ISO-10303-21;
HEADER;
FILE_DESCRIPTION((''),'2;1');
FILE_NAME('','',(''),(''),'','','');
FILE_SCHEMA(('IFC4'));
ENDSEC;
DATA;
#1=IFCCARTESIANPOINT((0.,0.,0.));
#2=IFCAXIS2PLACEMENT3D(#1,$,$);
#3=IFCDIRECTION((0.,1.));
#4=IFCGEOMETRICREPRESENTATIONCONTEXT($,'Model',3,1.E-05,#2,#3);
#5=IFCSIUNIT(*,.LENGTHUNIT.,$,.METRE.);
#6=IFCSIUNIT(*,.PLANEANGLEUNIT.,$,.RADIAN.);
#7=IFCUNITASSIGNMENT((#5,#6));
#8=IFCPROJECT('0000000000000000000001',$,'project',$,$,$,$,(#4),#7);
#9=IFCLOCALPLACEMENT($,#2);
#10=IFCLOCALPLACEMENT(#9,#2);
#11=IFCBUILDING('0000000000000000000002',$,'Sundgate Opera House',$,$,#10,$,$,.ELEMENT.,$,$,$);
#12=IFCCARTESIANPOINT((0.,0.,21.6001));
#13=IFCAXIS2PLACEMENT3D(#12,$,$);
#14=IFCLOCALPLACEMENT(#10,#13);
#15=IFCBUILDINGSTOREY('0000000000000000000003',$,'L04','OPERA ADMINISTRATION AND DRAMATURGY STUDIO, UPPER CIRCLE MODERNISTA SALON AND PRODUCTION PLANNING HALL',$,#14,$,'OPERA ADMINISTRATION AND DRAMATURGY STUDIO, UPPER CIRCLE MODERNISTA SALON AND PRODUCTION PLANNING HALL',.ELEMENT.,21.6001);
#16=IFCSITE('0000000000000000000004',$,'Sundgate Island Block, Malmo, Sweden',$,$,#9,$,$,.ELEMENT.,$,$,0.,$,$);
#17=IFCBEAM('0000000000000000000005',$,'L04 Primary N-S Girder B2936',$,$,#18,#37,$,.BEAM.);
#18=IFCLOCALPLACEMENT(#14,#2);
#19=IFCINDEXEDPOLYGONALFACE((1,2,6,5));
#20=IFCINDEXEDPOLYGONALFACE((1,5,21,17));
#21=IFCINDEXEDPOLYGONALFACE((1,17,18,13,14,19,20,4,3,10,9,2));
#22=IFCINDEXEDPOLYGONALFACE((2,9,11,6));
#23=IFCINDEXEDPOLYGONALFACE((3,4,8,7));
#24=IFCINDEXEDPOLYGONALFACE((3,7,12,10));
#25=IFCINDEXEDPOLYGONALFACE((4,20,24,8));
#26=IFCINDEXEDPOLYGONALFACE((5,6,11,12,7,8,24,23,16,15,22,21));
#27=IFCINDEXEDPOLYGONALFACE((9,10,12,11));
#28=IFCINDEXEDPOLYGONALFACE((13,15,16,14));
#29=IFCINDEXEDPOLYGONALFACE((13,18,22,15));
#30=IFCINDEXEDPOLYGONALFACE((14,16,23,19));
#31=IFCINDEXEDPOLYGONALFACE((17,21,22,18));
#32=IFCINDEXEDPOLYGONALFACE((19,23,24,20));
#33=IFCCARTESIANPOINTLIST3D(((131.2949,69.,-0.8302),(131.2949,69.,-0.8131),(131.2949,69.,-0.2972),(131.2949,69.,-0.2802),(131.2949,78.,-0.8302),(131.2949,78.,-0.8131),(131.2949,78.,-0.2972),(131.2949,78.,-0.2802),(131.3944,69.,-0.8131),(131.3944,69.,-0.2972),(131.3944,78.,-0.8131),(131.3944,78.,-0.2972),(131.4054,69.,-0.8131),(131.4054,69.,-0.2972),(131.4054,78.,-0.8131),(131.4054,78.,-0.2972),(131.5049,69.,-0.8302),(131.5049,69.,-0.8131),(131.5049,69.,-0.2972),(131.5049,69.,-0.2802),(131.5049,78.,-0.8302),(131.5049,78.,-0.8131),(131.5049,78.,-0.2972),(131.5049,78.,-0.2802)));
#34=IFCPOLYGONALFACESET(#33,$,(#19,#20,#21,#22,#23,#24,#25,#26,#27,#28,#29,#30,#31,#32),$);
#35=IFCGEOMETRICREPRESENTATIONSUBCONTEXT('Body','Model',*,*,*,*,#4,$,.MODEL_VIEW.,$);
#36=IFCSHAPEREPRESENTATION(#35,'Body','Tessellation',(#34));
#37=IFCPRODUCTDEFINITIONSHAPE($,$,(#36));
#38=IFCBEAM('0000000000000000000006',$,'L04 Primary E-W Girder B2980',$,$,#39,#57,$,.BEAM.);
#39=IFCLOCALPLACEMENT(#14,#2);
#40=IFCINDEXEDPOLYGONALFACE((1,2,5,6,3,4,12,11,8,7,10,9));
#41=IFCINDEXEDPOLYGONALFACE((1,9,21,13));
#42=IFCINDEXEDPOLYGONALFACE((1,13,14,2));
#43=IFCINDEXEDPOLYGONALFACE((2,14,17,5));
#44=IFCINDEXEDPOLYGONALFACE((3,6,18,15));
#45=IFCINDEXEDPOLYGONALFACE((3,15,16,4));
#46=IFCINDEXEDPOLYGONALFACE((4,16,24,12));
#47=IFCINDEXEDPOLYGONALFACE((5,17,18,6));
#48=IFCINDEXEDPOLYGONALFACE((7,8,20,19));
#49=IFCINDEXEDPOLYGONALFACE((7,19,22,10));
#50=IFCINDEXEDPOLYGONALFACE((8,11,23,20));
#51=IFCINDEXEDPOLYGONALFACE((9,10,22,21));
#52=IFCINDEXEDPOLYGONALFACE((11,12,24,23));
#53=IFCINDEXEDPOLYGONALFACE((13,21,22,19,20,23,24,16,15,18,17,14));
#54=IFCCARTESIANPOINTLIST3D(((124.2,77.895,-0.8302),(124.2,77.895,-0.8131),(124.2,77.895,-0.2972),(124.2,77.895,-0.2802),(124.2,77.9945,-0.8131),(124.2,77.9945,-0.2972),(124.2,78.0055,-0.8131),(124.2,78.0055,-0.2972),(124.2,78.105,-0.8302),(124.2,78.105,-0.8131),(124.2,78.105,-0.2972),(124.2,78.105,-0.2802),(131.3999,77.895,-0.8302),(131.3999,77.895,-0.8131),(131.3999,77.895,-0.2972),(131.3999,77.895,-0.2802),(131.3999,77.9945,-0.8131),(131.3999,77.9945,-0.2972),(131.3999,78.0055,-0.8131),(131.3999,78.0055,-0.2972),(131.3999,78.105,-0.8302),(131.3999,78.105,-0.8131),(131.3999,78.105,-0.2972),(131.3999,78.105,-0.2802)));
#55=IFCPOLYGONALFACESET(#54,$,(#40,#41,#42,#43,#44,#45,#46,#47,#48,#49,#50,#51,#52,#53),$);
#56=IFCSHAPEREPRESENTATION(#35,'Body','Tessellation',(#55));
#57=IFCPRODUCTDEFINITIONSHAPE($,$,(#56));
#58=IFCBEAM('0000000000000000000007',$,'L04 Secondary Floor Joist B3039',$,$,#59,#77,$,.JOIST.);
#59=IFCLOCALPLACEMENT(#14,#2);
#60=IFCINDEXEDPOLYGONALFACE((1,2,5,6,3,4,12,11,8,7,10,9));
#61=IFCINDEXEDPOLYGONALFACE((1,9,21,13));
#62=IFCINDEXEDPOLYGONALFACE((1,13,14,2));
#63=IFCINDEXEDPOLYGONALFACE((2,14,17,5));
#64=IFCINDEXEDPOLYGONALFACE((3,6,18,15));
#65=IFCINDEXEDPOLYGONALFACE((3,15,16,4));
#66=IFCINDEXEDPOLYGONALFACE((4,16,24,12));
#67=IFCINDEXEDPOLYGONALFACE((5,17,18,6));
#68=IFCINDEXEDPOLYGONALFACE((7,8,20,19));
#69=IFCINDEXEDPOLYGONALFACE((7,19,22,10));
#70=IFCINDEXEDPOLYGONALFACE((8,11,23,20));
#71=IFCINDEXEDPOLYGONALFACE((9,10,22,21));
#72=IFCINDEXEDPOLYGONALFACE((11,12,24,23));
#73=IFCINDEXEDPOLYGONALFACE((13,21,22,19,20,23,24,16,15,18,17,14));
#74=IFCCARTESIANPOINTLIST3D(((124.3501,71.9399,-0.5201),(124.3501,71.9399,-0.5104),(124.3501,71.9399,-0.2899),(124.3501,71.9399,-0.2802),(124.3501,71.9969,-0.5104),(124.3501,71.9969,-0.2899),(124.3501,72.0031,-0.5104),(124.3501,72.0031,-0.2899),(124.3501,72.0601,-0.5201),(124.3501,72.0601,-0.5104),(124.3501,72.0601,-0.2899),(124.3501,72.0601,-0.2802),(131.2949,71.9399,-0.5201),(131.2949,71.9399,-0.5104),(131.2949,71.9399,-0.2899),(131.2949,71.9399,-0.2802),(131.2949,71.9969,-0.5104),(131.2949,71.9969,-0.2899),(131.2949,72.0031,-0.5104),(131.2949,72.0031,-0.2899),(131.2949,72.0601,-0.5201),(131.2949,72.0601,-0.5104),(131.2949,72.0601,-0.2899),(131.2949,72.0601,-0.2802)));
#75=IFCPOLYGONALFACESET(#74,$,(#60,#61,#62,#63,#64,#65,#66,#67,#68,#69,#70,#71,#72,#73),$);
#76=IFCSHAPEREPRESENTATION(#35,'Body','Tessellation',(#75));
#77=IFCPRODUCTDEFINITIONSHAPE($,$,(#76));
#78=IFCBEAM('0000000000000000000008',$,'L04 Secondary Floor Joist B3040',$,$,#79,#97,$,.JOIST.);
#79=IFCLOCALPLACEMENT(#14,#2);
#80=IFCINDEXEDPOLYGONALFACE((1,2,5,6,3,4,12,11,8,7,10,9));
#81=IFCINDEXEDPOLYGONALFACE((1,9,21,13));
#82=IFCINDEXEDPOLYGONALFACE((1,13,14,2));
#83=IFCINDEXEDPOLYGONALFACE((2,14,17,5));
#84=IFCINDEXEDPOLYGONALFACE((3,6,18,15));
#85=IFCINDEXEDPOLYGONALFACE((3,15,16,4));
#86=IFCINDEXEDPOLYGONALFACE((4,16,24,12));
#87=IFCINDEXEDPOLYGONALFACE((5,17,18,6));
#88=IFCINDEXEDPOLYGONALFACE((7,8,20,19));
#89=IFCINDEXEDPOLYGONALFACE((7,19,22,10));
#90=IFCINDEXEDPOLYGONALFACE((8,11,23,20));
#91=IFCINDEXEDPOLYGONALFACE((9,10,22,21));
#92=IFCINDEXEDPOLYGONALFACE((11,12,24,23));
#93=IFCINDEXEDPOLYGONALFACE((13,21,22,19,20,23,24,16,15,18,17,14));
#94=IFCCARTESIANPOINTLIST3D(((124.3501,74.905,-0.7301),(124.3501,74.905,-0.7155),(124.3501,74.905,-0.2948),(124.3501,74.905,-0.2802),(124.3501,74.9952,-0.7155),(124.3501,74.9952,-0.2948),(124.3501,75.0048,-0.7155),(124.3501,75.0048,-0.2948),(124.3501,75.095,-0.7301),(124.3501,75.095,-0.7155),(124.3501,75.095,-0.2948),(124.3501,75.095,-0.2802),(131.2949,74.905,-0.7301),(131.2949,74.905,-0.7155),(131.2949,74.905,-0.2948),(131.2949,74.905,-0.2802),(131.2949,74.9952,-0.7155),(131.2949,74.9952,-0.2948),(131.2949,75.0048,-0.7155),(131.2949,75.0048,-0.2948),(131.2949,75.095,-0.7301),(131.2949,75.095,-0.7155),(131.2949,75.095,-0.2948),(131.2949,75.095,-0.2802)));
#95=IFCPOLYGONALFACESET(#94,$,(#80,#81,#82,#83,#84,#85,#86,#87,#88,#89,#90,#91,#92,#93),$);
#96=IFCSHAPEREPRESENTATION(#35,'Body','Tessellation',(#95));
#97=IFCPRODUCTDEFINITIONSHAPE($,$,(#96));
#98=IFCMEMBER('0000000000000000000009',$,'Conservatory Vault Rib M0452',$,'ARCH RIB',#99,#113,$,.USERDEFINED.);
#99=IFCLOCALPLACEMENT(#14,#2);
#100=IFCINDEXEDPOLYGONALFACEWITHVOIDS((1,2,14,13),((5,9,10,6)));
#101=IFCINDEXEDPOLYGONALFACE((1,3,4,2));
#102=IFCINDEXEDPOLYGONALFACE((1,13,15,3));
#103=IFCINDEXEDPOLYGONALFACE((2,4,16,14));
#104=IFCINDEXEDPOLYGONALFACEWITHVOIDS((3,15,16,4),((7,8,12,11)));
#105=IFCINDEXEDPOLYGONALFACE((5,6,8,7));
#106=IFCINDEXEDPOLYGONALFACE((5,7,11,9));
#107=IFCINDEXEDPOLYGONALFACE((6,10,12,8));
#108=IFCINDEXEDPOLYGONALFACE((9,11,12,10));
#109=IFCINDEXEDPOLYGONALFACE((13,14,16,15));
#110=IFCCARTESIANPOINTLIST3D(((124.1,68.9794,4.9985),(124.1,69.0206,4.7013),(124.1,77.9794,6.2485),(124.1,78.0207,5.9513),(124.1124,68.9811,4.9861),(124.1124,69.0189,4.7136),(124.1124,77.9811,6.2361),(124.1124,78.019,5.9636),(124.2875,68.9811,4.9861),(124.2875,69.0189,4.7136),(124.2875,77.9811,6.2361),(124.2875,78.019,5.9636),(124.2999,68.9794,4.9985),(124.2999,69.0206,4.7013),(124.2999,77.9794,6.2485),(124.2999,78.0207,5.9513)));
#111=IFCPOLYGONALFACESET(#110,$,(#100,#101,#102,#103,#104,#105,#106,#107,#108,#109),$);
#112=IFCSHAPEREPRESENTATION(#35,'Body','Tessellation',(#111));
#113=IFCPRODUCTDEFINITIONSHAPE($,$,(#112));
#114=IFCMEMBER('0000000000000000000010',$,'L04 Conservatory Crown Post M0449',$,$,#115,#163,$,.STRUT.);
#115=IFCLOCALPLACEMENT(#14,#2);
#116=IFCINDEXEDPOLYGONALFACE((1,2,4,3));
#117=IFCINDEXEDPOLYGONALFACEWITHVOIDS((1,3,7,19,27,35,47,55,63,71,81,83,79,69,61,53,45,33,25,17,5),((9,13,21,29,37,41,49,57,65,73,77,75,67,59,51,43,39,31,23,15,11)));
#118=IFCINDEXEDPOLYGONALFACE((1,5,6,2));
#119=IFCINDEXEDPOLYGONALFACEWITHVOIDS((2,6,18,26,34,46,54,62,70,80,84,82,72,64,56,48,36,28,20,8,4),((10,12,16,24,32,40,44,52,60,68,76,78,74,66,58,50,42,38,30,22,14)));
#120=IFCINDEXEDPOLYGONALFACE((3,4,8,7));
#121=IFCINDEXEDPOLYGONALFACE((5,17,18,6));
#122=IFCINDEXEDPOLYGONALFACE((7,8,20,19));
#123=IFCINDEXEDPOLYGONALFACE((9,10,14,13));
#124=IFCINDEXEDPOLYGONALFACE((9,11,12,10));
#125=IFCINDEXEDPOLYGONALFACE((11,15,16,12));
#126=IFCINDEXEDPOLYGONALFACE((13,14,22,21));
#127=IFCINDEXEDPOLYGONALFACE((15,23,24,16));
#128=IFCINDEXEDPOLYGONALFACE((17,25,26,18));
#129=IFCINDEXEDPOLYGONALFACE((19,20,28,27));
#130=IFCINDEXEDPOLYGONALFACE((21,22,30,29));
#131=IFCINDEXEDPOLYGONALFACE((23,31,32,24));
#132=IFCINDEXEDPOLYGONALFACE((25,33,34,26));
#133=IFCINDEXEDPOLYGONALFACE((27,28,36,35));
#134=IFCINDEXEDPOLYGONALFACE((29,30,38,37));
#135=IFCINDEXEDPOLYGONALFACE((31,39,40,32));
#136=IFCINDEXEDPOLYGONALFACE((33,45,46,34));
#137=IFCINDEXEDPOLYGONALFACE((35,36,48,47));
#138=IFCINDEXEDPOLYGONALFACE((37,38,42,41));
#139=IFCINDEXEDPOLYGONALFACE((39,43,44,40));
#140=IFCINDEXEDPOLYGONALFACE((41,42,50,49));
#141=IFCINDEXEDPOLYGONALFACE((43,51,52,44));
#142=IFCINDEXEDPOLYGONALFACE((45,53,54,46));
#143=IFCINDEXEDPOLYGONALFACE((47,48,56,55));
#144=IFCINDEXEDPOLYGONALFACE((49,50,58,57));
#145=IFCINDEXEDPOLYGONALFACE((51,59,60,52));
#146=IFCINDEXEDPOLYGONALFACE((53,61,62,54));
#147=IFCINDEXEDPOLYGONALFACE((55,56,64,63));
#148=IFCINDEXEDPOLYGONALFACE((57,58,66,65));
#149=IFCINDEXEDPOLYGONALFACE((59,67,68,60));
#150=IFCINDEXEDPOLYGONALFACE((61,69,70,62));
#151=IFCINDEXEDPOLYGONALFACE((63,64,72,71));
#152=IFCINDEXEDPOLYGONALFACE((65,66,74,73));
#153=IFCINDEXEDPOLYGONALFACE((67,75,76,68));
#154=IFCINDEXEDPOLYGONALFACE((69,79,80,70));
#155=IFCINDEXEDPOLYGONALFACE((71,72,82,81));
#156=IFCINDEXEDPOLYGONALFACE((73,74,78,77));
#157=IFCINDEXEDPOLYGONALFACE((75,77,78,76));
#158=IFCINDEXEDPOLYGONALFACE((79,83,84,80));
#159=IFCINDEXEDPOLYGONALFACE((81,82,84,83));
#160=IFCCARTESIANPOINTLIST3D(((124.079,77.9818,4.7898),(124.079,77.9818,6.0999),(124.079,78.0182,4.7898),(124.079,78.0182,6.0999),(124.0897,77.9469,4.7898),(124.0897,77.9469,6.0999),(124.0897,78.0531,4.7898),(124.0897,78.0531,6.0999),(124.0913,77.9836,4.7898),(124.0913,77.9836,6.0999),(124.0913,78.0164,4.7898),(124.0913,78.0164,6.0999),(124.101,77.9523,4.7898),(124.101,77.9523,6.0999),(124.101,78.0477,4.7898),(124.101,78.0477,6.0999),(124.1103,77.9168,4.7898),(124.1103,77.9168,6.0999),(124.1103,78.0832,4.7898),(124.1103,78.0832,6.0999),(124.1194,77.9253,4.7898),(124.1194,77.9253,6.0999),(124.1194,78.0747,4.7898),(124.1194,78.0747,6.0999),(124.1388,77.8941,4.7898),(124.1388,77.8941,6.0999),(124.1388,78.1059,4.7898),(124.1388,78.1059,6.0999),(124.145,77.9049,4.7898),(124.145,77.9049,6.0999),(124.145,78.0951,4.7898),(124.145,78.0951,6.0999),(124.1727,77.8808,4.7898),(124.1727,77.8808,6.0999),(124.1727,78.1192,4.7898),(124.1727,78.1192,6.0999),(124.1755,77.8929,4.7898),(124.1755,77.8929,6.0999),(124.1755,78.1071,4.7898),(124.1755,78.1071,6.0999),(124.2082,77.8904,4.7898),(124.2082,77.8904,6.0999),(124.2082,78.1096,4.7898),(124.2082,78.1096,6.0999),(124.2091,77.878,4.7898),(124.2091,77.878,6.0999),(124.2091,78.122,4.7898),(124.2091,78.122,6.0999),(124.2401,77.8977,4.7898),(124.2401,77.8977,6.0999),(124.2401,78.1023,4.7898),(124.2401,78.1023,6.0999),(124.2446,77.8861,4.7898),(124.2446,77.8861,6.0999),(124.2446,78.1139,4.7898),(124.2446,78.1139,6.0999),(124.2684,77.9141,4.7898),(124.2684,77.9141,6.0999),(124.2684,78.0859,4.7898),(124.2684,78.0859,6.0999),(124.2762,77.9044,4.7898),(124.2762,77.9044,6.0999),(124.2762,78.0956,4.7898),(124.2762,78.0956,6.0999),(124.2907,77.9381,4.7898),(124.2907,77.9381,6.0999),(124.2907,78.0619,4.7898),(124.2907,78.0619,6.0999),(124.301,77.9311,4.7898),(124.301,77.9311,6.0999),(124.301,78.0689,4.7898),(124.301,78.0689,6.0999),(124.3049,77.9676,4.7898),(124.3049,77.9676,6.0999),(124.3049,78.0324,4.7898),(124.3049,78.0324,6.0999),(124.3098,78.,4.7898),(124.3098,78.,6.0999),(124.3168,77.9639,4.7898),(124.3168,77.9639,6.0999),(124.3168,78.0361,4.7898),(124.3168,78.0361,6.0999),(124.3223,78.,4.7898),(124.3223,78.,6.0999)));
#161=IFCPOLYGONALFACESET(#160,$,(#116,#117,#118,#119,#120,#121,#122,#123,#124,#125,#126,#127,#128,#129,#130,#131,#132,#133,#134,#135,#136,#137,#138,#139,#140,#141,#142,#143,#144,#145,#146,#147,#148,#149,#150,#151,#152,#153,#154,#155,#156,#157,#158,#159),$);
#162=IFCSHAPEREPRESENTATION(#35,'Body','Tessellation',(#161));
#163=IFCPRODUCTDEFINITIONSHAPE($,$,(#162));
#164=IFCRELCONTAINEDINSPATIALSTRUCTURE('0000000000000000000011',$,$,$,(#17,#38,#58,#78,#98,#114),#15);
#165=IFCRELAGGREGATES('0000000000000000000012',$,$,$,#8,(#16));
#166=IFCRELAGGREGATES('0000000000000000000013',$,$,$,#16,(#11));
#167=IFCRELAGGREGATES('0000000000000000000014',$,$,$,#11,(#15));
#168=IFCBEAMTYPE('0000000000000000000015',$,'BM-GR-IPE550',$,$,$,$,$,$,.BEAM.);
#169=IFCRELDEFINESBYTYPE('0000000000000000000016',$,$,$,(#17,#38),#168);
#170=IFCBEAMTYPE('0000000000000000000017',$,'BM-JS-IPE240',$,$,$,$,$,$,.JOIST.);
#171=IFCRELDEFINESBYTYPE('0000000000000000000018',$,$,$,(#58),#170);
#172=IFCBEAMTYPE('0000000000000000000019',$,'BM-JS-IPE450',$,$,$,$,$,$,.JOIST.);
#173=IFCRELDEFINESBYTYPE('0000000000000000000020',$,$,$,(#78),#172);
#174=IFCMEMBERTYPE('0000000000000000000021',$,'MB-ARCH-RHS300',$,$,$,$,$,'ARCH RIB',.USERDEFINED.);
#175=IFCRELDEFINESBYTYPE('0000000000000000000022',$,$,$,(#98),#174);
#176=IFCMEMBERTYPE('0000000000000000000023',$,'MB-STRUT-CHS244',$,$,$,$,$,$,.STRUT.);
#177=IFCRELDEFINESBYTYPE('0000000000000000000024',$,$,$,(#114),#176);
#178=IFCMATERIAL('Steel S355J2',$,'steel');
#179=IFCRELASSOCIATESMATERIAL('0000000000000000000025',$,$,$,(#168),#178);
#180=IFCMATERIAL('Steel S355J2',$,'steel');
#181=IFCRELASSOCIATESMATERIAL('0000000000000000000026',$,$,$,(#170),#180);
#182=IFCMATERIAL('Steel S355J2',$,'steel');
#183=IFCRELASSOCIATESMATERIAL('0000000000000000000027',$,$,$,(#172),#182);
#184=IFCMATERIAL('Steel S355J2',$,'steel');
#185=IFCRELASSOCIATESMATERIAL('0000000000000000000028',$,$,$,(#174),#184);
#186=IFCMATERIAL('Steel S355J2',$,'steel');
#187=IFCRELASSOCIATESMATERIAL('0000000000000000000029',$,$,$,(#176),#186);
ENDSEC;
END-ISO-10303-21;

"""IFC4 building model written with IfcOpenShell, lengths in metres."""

from ifc_helpers import new_model, si_unit, direction, frame, origin, origin_2d, place, context, subcontext, project, spatial, hollow_rectangle, hollow_circle, i_section, extrude, material, material_profile, profile_set, type_object, element, save


model = new_model("IFC4")

# Units and contexts
model_context = context("Model", 3, precision=1e-05, world=origin(), true_north=direction((0.0, 1.0)))
body_context = subcontext(model_context, "Body", "Model", "MODEL_VIEW")
ifc_project = project(units=[si_unit("LENGTHUNIT", "METRE"), si_unit("PLANEANGLEUNIT", "RADIAN")], contexts=[model_context])

# Site, building, storey
site_placement = place(None, origin())
site = spatial("IfcSite", under=ifc_project, at=site_placement, Name="Sundgate Island Block, Malmo, Sweden", CompositionType="ELEMENT", RefElevation=0.0)
building_placement = place(site_placement, origin())
building = spatial("IfcBuilding", under=site, at=building_placement, Name="Sundgate Opera House", CompositionType="ELEMENT")
storey_placement = place(building_placement, frame((0.0, 0.0, 21.6001)))
storey = spatial("IfcBuildingStorey", under=building, at=storey_placement, Name="L04", Description="OPERA ADMINISTRATION AND DRAMATURGY STUDIO, UPPER CIRCLE MODERNISTA SALON AND PRODUCTION PLANNING HALL", LongName="OPERA ADMINISTRATION AND DRAMATURGY STUDIO, UPPER CIRCLE MODERNISTA SALON AND PRODUCTION PLANNING HALL", CompositionType="ELEMENT", Elevation=21.6001)

# Beams
ifc_material_1 = material(Name="Steel S355J2", Category="steel")
ifc_material_profile_1 = material_profile(ifc_material_1, i_section(OverallWidth=0.21, OverallDepth=0.55, WebThickness=0.011, FlangeThickness=0.0171, at=origin_2d()), Name="IPE 550")
ifc_profile_set_1 = profile_set([ifc_material_profile_1], Name="Steel S355J2")
beam_type_1 = type_object("IfcBeamType", Name="BM-GR-IPE550", PredefinedType="BEAM", material=ifc_profile_set_1)
beam_1_placement = place(storey_placement, frame((131.3999, 69.0, -0.5552), z_axis=(0.0, 1.0, 0.0), x_axis=(-1.0, 0.0, 0.0)))
element("IfcBeam", 1, at=beam_1_placement, inside=storey, type_object=beam_type_1, Name="L04 Primary N-S Girder B2936", PredefinedType="BEAM", context=body_context, shape_type="SweptSolid", body=[
    extrude(i_section(OverallWidth=0.21, OverallDepth=0.55, WebThickness=0.011, FlangeThickness=0.0171, at=origin_2d()), origin(), (0.0, 0.0, 1.0), 9.0),
])
beam_2_placement = place(storey_placement, frame((124.2, 78.0, -0.5552), z_axis=(1.0, 0.0, 0.0), x_axis=(0.0, 1.0, 0.0)))
element("IfcBeam", 2, at=beam_2_placement, inside=storey, type_object=beam_type_1, Name="L04 Primary E-W Girder B2980", PredefinedType="BEAM", context=body_context, shape_type="SweptSolid", body=[
    extrude(i_section(OverallWidth=0.21, OverallDepth=0.55, WebThickness=0.011, FlangeThickness=0.0171, at=origin_2d()), origin(), (0.0, 0.0, 1.0), 7.2),
])
ifc_material_2 = material(Name="Steel S355J2", Category="steel")
ifc_material_profile_2 = material_profile(ifc_material_2, i_section(OverallWidth=0.1201, OverallDepth=0.24, WebThickness=0.0061, FlangeThickness=0.0098, at=origin_2d()), Name="IPE 240")
ifc_profile_set_2 = profile_set([ifc_material_profile_2], Name="Steel S355J2")
beam_type_2 = type_object("IfcBeamType", Name="BM-JS-IPE240", PredefinedType="JOIST", material=ifc_profile_set_2)
beam_3_placement = place(storey_placement, frame((124.3501, 72.0, -0.4001), z_axis=(1.0, 0.0, 0.0), x_axis=(0.0, 1.0, 0.0)))
element("IfcBeam", 3, at=beam_3_placement, inside=storey, type_object=beam_type_2, Name="L04 Secondary Floor Joist B3039", PredefinedType="JOIST", context=body_context, shape_type="SweptSolid", body=[
    extrude(i_section(OverallWidth=0.1201, OverallDepth=0.24, WebThickness=0.0061, FlangeThickness=0.0098, at=origin_2d()), origin(), (0.0, 0.0, 1.0), 6.9448),
])
ifc_material_3 = material(Name="Steel S355J2", Category="steel")
ifc_material_profile_3 = material_profile(ifc_material_3, i_section(OverallWidth=0.1899, OverallDepth=0.45, WebThickness=0.0095, FlangeThickness=0.0146, at=origin_2d()), Name="IPE 450")
ifc_profile_set_3 = profile_set([ifc_material_profile_3], Name="Steel S355J2")
beam_type_3 = type_object("IfcBeamType", Name="BM-JS-IPE450", PredefinedType="JOIST", material=ifc_profile_set_3)
beam_4_placement = place(storey_placement, frame((124.3501, 75.0, -0.5051), z_axis=(1.0, 0.0, 0.0), x_axis=(0.0, 1.0, 0.0)))
element("IfcBeam", 4, at=beam_4_placement, inside=storey, type_object=beam_type_3, Name="L04 Secondary Floor Joist B3040", PredefinedType="JOIST", context=body_context, shape_type="SweptSolid", body=[
    extrude(i_section(OverallWidth=0.1899, OverallDepth=0.45, WebThickness=0.0095, FlangeThickness=0.0146, at=origin_2d()), origin(), (0.0, 0.0, 1.0), 6.9448),
])

# Members
ifc_material_4 = material(Name="Steel S355J2", Category="steel")
ifc_material_profile_4 = material_profile(ifc_material_4, hollow_rectangle(XDim=0.2, YDim=0.3, WallThickness=0.0125, at=origin_2d()), Name="RHS 300x200x12.5")
ifc_profile_set_4 = profile_set([ifc_material_profile_4], Name="Steel S355J2")
member_type_1 = type_object("IfcMemberType", Name="MB-ARCH-RHS300", ElementType="ARCH RIB", PredefinedType="USERDEFINED", material=ifc_profile_set_4)
member_1_placement = place(storey_placement, frame((124.2, 69.0, 4.8499), z_axis=(0.0, 0.990492, 0.137568), x_axis=(-1.0, 0.0, 0.0)))
element("IfcMember", 5, at=member_1_placement, inside=storey, type_object=member_type_1, Name="Conservatory Vault Rib M0452", ObjectType="ARCH RIB", PredefinedType="USERDEFINED", context=body_context, shape_type="SweptSolid", body=[
    extrude(hollow_rectangle(XDim=0.2, YDim=0.3, WallThickness=0.0125, at=origin_2d()), origin(), (0.0, 0.0, 1.0), 9.0864),
])
ifc_material_5 = material(Name="Steel S355J2", Category="steel")
ifc_material_profile_5 = material_profile(ifc_material_5, hollow_circle(Radius=0.1223, WallThickness=0.0125, at=origin_2d()), Name="CHS 244.5x12.5")
ifc_profile_set_5 = profile_set([ifc_material_profile_5], Name="Steel S355J2")
member_type_2 = type_object("IfcMemberType", Name="MB-STRUT-CHS244", PredefinedType="STRUT", material=ifc_profile_set_5)
member_2_placement = place(storey_placement, frame((124.2, 78.0, 4.7898), z_axis=(0.0, 0.0, 1.0), x_axis=(1.0, 0.0, 0.0)))
element("IfcMember", 6, at=member_2_placement, inside=storey, type_object=member_type_2, Name="L04 Conservatory Crown Post M0449", PredefinedType="STRUT", context=body_context, shape_type="SweptSolid", body=[
    extrude(hollow_circle(Radius=0.1223, WallThickness=0.0125, at=origin_2d()), origin(), (0.0, 0.0, 1.0), 1.3101),
])

save(model, "model.ifc")
